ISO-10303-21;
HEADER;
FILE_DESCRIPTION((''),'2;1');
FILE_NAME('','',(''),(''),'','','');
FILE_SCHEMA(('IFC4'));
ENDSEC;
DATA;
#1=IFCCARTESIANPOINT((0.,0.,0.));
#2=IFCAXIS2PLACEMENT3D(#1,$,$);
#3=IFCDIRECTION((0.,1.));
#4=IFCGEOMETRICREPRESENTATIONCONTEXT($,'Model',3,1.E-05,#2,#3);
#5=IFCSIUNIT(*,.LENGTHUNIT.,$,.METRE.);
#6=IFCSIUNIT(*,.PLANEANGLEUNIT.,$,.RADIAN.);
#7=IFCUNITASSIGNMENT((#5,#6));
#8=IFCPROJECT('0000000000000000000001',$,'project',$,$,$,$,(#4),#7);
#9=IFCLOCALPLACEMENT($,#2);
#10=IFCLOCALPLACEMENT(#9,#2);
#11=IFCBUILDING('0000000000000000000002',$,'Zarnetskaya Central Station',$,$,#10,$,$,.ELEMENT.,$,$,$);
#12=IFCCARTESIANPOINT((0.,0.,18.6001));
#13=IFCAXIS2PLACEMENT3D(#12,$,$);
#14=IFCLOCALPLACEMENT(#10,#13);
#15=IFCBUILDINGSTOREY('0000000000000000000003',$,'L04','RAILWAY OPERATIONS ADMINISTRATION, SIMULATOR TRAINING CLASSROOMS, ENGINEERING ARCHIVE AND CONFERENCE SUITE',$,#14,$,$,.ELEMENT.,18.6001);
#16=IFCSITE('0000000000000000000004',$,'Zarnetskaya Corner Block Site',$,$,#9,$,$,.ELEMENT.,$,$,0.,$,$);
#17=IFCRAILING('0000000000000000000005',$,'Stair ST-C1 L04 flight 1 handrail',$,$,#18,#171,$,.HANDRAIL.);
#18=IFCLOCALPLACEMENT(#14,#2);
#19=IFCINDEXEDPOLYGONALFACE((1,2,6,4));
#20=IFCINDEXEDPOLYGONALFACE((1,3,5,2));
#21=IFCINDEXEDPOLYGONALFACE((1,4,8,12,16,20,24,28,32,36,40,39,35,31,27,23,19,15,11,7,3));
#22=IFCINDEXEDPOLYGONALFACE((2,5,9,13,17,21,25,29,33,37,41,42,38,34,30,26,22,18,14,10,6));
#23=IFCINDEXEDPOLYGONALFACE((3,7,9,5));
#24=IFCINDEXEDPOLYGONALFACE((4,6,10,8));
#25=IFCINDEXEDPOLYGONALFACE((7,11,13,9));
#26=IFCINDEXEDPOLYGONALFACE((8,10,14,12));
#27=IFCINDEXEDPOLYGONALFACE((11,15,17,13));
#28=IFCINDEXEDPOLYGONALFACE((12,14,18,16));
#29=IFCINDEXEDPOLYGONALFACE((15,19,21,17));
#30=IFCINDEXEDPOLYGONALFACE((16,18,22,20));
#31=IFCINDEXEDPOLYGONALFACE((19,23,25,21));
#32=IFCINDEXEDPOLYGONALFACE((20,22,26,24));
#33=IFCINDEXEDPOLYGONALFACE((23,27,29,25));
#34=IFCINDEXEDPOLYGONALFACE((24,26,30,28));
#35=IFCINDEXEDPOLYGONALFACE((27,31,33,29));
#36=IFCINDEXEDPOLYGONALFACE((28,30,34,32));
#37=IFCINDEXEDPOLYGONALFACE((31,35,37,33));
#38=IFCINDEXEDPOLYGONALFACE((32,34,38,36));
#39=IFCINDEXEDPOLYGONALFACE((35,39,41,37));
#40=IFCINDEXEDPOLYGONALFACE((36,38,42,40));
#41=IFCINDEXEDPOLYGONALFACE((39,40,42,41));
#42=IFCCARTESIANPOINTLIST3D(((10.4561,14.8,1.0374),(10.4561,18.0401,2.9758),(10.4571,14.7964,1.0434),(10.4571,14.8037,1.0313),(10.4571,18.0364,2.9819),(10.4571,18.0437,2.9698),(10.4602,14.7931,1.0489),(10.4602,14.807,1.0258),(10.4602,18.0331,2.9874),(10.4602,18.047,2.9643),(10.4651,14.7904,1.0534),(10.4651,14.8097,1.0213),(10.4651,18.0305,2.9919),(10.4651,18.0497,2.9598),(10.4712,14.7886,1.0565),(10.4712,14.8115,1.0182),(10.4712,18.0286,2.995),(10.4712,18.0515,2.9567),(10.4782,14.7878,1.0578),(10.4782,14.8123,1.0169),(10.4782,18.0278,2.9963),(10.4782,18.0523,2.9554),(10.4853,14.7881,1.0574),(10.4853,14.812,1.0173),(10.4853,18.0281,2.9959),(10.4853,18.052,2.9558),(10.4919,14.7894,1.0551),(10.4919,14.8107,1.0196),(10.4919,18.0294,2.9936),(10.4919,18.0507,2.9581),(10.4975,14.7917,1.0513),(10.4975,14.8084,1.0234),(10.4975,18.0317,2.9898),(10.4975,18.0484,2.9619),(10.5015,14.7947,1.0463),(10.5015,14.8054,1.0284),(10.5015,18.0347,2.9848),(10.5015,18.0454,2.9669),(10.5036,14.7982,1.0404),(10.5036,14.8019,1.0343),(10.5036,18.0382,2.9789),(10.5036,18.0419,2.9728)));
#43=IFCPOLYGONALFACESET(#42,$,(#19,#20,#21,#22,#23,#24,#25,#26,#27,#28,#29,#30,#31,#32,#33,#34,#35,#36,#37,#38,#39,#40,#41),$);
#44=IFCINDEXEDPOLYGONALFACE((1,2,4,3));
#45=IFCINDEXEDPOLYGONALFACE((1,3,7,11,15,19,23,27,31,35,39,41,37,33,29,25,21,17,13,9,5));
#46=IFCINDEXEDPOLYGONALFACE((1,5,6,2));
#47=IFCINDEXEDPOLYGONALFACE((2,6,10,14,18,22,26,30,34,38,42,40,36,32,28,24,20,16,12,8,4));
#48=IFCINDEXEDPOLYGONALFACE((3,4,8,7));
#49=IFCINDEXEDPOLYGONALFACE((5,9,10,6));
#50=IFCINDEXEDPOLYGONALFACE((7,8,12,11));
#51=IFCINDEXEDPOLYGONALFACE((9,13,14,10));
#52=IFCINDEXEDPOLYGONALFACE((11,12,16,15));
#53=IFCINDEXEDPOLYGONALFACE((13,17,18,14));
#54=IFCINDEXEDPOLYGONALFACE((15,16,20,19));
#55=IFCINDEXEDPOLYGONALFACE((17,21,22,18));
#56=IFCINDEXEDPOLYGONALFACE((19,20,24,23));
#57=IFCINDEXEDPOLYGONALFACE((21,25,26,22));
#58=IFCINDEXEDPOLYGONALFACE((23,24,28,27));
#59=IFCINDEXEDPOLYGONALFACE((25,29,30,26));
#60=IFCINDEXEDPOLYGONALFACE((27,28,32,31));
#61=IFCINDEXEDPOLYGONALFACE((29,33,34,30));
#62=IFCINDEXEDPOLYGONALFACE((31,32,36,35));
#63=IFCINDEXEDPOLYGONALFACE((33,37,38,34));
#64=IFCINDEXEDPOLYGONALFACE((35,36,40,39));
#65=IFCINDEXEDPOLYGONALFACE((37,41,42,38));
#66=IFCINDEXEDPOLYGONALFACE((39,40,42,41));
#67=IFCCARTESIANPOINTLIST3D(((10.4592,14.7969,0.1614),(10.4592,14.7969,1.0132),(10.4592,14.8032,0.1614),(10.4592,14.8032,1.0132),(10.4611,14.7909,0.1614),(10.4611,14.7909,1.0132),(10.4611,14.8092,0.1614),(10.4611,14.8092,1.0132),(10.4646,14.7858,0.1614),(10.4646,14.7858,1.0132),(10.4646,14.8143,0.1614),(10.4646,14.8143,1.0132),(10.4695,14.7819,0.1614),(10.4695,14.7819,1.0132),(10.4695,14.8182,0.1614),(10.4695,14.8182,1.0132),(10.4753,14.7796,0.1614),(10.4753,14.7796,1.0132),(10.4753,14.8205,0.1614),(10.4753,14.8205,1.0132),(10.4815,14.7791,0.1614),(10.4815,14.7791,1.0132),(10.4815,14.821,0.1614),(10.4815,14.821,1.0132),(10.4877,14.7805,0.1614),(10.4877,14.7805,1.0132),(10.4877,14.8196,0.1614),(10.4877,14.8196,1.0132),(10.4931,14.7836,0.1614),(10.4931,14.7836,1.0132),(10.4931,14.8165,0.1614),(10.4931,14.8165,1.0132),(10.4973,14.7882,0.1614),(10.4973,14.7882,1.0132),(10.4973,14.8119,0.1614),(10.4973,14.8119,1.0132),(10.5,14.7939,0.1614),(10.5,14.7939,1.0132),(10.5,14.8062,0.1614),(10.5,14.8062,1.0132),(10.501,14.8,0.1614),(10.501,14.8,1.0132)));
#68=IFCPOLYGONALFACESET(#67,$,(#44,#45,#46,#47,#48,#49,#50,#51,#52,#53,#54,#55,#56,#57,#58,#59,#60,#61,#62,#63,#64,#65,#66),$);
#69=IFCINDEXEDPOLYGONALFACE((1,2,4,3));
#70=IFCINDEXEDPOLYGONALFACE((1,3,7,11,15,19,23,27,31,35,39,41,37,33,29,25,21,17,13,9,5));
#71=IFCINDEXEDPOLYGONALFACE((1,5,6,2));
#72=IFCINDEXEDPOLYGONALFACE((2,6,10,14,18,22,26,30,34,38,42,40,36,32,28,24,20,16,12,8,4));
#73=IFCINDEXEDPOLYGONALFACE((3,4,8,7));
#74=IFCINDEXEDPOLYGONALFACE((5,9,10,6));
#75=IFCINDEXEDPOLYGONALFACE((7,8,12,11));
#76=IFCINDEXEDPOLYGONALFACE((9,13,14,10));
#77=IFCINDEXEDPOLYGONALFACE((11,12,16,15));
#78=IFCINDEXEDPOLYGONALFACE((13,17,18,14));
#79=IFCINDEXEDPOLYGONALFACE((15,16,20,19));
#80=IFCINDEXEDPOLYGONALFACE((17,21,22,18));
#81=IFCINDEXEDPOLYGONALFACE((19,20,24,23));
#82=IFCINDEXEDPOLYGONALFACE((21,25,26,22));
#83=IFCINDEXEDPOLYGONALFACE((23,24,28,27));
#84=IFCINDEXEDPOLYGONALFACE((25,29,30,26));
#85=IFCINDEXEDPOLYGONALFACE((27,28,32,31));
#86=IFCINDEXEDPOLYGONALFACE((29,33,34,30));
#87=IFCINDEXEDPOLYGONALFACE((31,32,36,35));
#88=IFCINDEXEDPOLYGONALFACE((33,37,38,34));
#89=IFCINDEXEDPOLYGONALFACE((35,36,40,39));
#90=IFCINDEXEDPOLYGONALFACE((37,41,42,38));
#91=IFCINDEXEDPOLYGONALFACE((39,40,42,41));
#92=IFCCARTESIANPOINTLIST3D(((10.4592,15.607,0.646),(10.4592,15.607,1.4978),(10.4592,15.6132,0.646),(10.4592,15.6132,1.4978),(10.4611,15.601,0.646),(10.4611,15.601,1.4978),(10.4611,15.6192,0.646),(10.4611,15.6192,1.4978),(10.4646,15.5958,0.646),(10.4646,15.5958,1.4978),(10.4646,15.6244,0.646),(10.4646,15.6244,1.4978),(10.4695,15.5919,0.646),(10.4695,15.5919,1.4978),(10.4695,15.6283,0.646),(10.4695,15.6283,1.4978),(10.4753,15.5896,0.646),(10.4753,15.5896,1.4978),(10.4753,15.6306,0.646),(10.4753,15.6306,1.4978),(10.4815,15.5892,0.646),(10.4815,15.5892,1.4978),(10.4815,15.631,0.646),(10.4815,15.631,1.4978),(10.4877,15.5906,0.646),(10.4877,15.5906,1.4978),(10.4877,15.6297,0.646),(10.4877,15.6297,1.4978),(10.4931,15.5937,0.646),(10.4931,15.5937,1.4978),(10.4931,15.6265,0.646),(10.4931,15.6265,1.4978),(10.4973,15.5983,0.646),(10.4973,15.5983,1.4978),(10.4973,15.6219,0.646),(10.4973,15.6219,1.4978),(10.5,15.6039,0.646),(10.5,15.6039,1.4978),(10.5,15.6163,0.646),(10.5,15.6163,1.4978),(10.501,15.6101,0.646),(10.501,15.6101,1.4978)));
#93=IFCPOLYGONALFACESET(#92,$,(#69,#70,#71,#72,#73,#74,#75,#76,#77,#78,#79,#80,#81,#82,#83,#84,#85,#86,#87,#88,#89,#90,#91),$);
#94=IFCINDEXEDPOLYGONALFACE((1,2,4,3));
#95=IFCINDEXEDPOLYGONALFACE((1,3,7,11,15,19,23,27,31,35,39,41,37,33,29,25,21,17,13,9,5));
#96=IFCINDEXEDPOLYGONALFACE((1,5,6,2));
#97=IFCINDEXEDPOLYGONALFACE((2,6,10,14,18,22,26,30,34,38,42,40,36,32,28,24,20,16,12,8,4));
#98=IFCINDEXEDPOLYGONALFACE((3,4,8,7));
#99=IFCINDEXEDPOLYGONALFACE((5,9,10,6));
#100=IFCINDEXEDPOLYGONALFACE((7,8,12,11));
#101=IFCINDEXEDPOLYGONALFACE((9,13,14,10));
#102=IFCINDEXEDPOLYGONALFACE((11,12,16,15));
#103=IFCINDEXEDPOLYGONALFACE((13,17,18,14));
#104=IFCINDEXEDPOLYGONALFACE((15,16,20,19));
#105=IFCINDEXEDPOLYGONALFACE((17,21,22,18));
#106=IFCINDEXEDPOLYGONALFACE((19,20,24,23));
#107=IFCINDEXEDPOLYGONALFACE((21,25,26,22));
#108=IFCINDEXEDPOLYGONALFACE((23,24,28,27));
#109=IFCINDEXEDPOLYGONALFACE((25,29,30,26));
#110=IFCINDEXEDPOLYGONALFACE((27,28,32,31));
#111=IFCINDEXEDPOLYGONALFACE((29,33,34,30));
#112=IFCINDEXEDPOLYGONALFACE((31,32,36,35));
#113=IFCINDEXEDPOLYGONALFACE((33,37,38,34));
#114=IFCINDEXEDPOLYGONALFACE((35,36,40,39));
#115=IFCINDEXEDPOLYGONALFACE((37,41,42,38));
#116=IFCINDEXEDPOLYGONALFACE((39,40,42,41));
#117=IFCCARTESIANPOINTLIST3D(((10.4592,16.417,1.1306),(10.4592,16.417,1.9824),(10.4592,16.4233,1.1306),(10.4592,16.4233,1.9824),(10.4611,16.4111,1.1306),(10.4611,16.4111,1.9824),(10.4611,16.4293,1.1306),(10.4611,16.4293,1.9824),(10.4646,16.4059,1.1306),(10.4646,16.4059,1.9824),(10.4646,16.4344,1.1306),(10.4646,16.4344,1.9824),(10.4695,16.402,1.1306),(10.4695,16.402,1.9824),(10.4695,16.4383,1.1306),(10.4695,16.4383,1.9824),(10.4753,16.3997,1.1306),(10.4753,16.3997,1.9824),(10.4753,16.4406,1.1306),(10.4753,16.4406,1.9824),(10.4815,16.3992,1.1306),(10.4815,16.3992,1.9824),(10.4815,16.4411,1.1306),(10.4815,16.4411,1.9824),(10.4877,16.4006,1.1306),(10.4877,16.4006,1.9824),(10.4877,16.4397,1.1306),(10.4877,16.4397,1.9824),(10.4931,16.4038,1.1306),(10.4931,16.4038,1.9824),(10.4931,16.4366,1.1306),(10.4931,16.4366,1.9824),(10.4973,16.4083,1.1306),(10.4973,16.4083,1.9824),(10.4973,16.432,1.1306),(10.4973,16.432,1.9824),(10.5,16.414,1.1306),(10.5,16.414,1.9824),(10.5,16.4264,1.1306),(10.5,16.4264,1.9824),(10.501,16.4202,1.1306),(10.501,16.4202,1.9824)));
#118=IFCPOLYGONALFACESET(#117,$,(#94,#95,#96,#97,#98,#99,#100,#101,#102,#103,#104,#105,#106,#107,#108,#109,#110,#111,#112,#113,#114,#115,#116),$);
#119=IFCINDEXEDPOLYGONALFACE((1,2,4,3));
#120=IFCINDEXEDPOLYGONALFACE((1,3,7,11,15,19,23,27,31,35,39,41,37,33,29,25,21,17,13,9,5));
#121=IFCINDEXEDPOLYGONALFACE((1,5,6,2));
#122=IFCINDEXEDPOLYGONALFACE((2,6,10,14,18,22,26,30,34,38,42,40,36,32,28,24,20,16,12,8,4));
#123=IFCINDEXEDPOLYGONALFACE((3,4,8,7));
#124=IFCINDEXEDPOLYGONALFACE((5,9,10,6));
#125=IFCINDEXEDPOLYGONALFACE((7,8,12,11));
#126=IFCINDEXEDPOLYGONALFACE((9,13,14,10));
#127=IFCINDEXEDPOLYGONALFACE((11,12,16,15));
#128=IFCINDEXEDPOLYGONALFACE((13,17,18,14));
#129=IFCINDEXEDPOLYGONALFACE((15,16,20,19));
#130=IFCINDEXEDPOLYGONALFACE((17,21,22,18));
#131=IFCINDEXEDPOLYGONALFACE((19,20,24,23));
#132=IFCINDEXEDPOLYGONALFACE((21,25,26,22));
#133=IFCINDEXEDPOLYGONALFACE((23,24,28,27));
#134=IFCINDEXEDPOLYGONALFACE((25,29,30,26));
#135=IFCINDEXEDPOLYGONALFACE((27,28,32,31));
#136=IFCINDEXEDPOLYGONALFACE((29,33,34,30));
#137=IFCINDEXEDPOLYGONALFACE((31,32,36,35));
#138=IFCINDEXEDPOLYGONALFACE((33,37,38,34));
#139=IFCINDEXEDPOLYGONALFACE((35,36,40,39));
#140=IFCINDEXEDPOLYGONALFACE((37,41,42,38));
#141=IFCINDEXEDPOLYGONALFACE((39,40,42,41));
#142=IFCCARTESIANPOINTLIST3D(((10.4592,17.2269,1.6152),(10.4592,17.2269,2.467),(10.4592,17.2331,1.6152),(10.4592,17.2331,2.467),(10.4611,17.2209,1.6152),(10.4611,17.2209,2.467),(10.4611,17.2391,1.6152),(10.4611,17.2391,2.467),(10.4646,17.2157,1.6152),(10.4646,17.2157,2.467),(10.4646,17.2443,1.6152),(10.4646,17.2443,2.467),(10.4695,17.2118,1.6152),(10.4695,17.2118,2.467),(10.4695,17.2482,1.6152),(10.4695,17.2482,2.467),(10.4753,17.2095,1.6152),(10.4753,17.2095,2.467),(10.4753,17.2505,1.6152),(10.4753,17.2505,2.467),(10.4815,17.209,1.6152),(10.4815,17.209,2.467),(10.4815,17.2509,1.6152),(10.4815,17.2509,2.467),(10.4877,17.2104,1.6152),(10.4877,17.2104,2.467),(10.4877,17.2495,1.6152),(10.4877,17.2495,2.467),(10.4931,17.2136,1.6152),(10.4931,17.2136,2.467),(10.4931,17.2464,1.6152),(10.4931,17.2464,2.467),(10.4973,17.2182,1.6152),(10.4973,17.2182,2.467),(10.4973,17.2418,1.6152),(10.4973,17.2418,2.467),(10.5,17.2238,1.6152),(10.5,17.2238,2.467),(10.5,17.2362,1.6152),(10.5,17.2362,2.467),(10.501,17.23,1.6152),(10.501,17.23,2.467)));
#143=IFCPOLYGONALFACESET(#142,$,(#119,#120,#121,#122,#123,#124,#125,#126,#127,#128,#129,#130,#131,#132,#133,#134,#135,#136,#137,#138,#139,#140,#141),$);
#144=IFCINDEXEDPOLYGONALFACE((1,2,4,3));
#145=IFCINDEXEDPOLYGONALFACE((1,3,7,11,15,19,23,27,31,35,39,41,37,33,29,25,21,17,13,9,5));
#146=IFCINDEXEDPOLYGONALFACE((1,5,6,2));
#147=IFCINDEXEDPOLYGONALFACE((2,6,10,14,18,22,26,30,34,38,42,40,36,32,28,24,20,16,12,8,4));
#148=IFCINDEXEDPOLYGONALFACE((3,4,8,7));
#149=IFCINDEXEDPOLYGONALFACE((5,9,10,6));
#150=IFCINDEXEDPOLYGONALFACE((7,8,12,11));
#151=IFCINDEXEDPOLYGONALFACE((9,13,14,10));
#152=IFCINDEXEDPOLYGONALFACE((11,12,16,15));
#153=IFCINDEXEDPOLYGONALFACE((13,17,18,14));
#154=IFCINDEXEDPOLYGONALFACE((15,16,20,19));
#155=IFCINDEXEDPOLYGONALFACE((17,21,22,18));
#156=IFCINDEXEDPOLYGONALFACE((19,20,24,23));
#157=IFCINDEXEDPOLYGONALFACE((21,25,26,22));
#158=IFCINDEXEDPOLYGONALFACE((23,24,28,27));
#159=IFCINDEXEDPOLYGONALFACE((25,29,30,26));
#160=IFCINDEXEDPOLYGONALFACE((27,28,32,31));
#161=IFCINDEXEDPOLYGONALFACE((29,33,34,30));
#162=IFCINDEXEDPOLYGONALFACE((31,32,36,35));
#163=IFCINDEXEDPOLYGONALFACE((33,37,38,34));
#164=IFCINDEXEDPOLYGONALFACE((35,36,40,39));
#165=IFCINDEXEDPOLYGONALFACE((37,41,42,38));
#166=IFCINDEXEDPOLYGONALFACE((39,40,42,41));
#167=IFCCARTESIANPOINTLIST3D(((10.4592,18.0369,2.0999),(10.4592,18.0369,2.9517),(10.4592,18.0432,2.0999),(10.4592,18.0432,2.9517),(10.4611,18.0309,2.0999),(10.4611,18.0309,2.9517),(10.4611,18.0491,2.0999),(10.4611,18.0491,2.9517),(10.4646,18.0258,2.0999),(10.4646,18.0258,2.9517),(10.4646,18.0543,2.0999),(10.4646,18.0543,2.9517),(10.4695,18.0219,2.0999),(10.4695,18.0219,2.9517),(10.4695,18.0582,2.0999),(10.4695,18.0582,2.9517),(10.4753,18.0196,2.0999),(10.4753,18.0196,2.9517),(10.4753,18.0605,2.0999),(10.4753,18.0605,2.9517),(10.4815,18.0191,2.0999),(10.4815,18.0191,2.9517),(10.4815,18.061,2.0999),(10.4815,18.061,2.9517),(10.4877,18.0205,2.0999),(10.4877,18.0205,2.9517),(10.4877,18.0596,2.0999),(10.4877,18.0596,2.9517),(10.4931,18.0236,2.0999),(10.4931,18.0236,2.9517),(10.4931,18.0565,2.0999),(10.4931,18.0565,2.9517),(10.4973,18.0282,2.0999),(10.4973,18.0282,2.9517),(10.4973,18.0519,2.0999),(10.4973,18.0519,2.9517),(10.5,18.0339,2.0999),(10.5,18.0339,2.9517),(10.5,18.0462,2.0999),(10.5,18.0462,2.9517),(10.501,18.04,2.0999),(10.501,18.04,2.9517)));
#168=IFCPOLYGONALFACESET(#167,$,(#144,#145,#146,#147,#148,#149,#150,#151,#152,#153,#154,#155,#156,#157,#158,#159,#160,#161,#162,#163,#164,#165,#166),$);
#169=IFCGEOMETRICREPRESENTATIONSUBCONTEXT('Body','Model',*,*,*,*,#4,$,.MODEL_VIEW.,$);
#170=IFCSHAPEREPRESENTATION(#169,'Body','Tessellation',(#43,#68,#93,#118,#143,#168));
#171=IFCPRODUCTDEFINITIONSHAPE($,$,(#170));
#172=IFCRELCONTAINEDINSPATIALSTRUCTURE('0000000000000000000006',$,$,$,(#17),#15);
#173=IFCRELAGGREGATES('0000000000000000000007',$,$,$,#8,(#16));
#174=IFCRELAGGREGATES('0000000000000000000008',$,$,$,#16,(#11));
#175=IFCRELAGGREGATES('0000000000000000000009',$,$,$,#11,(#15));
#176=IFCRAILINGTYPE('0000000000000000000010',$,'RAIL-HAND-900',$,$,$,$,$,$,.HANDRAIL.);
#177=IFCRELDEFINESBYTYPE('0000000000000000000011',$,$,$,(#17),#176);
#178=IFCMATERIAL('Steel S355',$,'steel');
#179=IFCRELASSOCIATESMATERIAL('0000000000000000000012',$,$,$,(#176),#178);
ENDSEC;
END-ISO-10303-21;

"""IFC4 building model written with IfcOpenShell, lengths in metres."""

from ifc_helpers import new_model, si_unit, direction, frame, origin, origin_2d, place, context, subcontext, project, spatial, circle, extrude, material, type_object, element, save


model = new_model("IFC4")

# Units and contexts
model_context = context("Model", 3, precision=1e-05, world=origin(), true_north=direction((0.0, 1.0)))
body_context = subcontext(model_context, "Body", "Model", "MODEL_VIEW")
ifc_project = project(units=[si_unit("LENGTHUNIT", "METRE"), si_unit("PLANEANGLEUNIT", "RADIAN")], contexts=[model_context])

# Site, building, storey
site_placement = place(None, origin())
site = spatial("IfcSite", under=ifc_project, at=site_placement, Name="Zarnetskaya Corner Block Site", CompositionType="ELEMENT", RefElevation=0.0)
building_placement = place(site_placement, origin())
building = spatial("IfcBuilding", under=site, at=building_placement, Name="Zarnetskaya Central Station", CompositionType="ELEMENT")
storey_placement = place(building_placement, frame((0.0, 0.0, 18.6001)))
storey = spatial("IfcBuildingStorey", under=building, at=storey_placement, Name="L04", Description="RAILWAY OPERATIONS ADMINISTRATION, SIMULATOR TRAINING CLASSROOMS, ENGINEERING ARCHIVE AND CONFERENCE SUITE", CompositionType="ELEMENT", Elevation=18.6001)

# Shared definitions
ifc_material_1 = material(Name="Steel S355", Category="steel")

# Railing
railing_type_1 = type_object("IfcRailingType", Name="RAIL-HAND-900", PredefinedType="HANDRAIL", material=ifc_material_1)
railing_1_placement = place(storey_placement, frame((10.48, 14.8, 0.1614)))
element("IfcRailing", 1, at=railing_1_placement, inside=storey, type_object=railing_type_1, Name="Stair ST-C1 L04 flight 1 handrail", PredefinedType="HANDRAIL", context=body_context, shape_type="SweptSolid", body=[
    extrude(circle(Radius=0.0239, at=origin_2d()), frame((0.0, 0.0, 0.876), z_axis=(0.0, 0.858137, 0.513421), x_axis=(-1.0, 0.0, 0.0)), (0.0, 0.0, 1.0), 3.7756),
    extrude(circle(Radius=0.021, at=origin_2d()), origin(), (0.0, 0.0, 1.0), 0.8518),
    extrude(circle(Radius=0.021, at=origin_2d()), frame((0.0, 0.8101, 0.4846)), (0.0, 0.0, 1.0), 0.8518),
    extrude(circle(Radius=0.021, at=origin_2d()), frame((0.0, 1.6201, 0.9692)), (0.0, 0.0, 1.0), 0.8518),
    extrude(circle(Radius=0.021, at=origin_2d()), frame((0.0, 2.4299, 1.4539)), (0.0, 0.0, 1.0), 0.8518),
    extrude(circle(Radius=0.021, at=origin_2d()), frame((0.0, 3.24, 1.9385)), (0.0, 0.0, 1.0), 0.8518),
])

save(model, "model.ifc")
